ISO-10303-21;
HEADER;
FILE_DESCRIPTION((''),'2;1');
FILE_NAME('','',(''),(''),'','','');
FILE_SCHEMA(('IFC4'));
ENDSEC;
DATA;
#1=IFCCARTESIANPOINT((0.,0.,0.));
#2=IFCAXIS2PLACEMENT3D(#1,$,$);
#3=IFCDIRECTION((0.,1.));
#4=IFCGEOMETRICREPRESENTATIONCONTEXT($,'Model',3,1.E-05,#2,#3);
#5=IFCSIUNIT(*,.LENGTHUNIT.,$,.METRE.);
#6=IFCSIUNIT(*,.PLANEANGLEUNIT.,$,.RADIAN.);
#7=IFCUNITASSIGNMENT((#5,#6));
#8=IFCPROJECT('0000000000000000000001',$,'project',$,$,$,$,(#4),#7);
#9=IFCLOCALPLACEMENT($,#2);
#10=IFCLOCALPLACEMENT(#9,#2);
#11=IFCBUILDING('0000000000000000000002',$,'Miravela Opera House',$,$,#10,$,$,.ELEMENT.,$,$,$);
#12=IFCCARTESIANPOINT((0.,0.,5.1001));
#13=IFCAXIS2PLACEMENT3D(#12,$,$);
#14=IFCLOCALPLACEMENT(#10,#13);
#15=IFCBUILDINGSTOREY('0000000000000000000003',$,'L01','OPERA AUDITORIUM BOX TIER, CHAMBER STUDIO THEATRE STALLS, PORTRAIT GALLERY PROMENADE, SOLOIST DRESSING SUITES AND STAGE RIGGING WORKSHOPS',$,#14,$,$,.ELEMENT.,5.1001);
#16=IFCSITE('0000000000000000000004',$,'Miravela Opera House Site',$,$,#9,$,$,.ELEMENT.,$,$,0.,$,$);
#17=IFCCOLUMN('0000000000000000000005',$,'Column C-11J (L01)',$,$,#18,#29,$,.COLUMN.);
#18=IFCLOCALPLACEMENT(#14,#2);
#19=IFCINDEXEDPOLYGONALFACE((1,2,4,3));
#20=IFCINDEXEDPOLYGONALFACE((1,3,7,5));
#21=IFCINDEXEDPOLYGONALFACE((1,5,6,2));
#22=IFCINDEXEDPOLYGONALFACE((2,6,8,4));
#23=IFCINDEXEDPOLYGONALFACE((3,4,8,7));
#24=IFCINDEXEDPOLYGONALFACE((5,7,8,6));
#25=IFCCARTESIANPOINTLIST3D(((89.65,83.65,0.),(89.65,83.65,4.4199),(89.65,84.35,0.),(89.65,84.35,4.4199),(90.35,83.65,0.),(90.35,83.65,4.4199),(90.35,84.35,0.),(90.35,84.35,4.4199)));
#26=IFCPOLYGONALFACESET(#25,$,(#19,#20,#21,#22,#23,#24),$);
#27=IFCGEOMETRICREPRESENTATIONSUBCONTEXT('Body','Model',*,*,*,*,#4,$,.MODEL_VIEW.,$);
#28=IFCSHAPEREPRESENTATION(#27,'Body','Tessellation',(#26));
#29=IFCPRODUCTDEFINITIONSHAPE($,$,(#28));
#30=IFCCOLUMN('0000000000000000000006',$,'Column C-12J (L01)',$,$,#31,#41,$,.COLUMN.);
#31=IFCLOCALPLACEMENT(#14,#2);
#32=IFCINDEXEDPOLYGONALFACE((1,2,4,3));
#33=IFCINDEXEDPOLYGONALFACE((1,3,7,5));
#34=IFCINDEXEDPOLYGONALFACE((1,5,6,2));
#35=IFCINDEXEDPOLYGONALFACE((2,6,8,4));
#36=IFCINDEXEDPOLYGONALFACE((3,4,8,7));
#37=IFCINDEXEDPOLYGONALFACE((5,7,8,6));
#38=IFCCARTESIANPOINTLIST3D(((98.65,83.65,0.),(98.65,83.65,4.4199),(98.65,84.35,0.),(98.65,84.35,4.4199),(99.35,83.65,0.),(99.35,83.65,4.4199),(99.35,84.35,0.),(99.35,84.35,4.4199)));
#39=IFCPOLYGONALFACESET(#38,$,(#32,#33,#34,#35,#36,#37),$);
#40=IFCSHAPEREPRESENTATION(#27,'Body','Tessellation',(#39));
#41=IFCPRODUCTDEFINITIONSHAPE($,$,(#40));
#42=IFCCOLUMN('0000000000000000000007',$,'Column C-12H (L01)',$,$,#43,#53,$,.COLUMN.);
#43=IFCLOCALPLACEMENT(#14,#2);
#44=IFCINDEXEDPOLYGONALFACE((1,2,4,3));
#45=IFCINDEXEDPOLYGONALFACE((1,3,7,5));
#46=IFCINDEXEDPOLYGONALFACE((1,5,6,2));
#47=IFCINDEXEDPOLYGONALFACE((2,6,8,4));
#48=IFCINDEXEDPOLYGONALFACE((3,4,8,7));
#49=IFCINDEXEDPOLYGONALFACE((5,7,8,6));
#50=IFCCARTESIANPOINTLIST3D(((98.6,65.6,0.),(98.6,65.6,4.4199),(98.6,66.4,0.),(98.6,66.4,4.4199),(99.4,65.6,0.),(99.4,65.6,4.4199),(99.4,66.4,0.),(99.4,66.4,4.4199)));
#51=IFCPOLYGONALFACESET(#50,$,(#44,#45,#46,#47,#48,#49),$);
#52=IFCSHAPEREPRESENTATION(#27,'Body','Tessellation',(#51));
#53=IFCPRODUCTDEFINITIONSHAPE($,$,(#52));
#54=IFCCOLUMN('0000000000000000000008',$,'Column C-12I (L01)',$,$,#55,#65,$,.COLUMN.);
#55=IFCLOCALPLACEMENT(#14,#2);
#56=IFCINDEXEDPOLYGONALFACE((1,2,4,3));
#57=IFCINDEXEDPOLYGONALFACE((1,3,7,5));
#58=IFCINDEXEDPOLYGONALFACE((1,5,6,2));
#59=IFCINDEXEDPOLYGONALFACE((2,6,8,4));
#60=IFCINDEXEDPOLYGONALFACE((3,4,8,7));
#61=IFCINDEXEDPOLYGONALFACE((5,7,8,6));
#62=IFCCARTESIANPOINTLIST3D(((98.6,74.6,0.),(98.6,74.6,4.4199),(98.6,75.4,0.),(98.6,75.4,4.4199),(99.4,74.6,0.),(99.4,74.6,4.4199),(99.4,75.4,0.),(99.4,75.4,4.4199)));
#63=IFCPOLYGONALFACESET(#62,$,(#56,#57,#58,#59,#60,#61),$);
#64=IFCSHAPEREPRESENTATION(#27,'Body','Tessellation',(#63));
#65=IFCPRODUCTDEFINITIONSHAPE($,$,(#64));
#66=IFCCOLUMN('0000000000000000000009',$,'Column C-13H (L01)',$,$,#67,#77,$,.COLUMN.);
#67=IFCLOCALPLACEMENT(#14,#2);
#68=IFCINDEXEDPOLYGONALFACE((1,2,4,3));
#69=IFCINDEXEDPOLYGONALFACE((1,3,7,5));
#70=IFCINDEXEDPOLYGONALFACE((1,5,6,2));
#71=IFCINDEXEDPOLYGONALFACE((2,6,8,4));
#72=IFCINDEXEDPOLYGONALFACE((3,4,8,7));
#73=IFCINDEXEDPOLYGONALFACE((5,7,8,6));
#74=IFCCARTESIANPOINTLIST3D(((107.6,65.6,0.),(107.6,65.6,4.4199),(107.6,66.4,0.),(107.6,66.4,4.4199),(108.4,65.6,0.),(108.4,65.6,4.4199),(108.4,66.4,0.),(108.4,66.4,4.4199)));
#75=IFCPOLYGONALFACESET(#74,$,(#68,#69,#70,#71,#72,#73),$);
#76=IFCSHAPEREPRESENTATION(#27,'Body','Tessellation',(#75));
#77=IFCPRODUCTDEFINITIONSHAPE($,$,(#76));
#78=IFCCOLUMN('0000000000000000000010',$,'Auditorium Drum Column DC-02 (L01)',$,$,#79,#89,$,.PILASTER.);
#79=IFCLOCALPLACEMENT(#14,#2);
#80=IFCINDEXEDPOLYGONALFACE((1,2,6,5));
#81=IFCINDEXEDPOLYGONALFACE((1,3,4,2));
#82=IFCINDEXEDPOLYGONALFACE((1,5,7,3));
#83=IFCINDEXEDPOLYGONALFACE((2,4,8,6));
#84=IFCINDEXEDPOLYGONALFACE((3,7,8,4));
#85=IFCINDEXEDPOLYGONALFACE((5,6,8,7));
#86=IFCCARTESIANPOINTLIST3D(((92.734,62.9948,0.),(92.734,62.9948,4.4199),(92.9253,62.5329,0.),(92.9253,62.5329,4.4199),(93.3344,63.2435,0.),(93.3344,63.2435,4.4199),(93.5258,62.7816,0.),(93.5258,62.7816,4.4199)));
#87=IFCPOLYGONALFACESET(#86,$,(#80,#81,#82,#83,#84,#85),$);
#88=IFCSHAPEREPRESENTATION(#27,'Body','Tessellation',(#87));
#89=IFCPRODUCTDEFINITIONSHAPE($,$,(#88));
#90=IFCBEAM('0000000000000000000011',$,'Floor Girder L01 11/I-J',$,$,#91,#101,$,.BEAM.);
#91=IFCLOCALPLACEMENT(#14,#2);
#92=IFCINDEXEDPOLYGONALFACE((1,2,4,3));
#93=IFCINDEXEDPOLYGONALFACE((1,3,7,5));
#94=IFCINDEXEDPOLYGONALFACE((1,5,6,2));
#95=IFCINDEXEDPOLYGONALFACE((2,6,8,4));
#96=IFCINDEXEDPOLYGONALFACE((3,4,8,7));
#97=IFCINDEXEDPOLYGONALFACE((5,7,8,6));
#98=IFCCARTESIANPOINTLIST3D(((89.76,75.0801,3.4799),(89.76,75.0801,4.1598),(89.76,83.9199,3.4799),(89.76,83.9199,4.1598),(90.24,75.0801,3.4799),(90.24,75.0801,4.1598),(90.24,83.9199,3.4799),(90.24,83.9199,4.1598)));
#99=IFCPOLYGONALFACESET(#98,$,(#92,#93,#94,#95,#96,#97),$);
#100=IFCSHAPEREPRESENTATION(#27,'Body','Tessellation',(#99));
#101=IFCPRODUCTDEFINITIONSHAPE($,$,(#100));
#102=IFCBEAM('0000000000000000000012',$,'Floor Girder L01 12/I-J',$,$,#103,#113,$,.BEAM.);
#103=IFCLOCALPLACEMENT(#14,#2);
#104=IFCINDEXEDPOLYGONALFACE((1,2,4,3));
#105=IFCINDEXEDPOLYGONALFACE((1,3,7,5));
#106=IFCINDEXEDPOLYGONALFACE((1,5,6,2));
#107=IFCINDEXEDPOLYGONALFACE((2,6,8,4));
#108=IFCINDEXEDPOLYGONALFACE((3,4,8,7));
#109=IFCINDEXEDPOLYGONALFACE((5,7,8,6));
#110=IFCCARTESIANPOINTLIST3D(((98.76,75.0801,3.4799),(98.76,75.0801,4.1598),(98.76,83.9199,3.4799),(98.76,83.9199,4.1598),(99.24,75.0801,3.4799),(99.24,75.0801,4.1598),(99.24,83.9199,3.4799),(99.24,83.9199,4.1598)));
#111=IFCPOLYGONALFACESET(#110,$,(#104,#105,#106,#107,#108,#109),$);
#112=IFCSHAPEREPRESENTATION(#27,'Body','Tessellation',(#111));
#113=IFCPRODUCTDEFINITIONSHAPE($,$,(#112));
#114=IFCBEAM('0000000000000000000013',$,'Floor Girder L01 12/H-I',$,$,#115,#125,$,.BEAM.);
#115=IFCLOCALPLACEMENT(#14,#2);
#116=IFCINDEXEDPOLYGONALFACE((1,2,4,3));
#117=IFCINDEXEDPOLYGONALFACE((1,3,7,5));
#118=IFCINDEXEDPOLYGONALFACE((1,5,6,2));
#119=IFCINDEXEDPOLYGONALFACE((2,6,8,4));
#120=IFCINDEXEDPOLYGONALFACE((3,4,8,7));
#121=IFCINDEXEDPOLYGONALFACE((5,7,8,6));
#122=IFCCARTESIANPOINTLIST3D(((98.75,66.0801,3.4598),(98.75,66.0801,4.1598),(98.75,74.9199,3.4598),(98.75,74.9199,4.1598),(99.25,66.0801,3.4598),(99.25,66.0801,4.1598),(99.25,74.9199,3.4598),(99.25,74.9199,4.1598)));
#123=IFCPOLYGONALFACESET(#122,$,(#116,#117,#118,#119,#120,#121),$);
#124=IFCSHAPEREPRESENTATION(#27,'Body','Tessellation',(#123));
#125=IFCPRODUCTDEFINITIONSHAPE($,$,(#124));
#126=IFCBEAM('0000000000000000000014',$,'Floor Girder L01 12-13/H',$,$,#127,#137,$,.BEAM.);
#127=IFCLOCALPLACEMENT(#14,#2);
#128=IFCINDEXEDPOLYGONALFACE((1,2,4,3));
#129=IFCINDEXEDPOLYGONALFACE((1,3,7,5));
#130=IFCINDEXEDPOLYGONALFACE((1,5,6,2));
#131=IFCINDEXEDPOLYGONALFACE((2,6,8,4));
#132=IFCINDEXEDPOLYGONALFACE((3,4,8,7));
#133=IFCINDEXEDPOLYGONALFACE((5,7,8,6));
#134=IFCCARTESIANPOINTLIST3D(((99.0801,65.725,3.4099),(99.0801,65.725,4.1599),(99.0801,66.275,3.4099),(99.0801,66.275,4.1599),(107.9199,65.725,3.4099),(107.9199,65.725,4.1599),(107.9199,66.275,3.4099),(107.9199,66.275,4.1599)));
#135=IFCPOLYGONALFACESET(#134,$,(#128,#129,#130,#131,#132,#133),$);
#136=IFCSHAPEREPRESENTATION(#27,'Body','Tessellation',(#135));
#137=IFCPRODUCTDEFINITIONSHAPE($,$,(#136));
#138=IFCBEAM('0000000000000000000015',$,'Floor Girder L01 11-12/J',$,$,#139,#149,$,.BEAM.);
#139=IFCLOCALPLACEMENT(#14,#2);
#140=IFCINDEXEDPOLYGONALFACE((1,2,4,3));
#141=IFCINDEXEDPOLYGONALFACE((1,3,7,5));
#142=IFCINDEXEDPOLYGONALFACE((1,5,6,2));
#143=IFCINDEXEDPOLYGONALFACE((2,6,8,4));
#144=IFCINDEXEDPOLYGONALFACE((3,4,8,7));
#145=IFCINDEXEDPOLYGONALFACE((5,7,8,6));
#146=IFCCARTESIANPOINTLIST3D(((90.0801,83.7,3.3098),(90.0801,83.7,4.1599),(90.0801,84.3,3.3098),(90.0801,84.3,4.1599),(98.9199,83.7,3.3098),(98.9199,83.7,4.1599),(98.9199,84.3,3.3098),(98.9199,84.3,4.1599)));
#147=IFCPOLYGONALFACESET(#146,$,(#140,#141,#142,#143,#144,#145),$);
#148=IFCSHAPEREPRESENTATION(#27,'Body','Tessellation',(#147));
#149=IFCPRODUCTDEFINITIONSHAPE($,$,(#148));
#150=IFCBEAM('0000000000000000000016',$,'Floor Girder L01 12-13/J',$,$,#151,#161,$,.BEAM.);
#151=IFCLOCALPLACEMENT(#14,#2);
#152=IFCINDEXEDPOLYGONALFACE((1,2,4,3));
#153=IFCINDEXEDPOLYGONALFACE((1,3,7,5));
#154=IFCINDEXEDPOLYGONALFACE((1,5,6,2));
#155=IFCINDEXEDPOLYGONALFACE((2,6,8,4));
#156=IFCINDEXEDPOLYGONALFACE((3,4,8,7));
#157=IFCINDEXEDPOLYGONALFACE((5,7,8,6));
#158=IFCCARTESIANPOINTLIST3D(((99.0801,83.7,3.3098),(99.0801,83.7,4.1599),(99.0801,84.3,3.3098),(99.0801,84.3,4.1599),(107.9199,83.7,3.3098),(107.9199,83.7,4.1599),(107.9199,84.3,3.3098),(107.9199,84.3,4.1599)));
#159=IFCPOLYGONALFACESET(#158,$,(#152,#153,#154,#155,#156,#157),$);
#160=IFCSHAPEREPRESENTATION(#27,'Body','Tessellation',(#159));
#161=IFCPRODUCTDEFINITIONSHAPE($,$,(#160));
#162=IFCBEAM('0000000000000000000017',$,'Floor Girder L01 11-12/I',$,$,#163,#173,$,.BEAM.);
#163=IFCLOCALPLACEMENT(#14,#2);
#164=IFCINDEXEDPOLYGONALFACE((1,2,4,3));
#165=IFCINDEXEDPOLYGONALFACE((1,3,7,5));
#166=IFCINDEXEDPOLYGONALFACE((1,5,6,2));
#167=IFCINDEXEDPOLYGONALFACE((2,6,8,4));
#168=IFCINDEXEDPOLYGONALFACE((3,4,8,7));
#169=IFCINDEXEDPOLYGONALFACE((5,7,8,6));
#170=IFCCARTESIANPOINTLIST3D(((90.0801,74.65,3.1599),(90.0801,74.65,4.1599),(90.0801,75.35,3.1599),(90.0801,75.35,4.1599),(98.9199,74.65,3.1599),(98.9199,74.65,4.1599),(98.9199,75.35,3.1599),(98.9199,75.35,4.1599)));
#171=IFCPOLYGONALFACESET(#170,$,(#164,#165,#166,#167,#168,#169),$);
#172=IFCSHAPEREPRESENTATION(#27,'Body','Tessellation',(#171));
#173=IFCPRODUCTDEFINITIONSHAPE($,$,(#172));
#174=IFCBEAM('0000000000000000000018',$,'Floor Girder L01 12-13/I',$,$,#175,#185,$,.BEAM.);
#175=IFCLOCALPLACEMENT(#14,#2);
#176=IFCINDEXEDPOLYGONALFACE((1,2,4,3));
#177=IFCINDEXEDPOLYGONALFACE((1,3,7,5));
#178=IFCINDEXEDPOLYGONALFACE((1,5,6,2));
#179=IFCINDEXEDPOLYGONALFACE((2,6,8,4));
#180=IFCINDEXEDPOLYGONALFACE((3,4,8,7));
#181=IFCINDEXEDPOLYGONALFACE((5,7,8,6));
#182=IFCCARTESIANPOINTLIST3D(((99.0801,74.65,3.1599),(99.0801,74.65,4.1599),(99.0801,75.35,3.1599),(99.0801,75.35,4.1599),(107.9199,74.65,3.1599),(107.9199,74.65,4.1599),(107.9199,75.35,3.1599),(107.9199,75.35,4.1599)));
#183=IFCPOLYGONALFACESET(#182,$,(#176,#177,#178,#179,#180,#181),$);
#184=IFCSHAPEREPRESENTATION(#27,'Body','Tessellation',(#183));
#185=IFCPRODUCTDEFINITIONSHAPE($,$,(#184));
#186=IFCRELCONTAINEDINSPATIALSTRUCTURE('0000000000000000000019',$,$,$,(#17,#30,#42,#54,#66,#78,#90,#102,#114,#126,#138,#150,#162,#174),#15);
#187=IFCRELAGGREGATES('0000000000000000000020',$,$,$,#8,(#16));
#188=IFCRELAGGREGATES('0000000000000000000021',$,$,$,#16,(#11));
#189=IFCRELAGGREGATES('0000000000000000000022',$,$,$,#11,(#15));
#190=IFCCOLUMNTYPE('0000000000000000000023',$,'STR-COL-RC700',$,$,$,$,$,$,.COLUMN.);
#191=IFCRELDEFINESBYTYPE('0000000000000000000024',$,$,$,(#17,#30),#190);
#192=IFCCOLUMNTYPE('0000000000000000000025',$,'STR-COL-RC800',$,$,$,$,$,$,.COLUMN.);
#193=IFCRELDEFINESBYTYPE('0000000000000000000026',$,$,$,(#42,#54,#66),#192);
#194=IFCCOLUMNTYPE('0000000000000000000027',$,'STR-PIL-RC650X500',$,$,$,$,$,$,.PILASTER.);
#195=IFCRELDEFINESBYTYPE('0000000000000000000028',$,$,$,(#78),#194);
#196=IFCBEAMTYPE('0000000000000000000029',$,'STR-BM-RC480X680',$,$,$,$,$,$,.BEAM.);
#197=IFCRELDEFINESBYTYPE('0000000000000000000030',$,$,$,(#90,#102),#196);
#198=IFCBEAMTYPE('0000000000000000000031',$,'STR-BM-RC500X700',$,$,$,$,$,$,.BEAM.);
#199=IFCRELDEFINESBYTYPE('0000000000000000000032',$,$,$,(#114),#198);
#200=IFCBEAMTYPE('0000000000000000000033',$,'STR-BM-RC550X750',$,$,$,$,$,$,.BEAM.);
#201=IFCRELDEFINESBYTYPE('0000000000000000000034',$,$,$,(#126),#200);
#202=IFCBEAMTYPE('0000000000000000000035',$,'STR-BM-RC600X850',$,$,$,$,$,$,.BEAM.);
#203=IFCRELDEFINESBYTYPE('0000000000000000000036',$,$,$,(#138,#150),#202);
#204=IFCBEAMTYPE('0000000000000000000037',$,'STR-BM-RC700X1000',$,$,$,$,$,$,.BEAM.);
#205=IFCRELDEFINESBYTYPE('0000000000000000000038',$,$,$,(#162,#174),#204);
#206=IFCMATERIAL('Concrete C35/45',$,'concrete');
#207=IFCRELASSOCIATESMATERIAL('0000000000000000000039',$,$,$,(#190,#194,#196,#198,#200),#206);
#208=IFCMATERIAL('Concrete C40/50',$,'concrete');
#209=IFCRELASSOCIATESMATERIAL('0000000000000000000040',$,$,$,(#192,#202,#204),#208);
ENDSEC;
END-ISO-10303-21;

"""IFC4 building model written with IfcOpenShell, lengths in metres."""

from ifc_helpers import new_model, si_unit, direction, frame, origin, origin_2d, place, context, subcontext, project, spatial, rectangle, extrude, material, material_profile, profile_set, type_object, element, save


model = new_model("IFC4")

# Units and contexts
model_context = context("Model", 3, precision=1e-05, world=origin(), true_north=direction((0.0, 1.0)))
body_context = subcontext(model_context, "Body", "Model", "MODEL_VIEW")
ifc_project = project(units=[si_unit("LENGTHUNIT", "METRE"), si_unit("PLANEANGLEUNIT", "RADIAN")], contexts=[model_context])

# Site, building, storey
site_placement = place(None, origin())
site = spatial("IfcSite", under=ifc_project, at=site_placement, Name="Miravela Opera House Site", CompositionType="ELEMENT", RefElevation=0.0)
building_placement = place(site_placement, origin())
building = spatial("IfcBuilding", under=site, at=building_placement, Name="Miravela Opera House", CompositionType="ELEMENT")
storey_placement = place(building_placement, frame((0.0, 0.0, 5.1001)))
storey = spatial("IfcBuildingStorey", under=building, at=storey_placement, Name="L01", Description="OPERA AUDITORIUM BOX TIER, CHAMBER STUDIO THEATRE STALLS, PORTRAIT GALLERY PROMENADE, SOLOIST DRESSING SUITES AND STAGE RIGGING WORKSHOPS", CompositionType="ELEMENT", Elevation=5.1001)

# Columns
ifc_material_1 = material(Name="Concrete C35/45", Category="concrete")
ifc_material_profile_1 = material_profile(ifc_material_1, rectangle(XDim=0.7, YDim=0.7, at=origin_2d()), Name="RC-COL-700X700")
ifc_profile_set_1 = profile_set([ifc_material_profile_1])
column_type_1 = type_object("IfcColumnType", Name="STR-COL-RC700", PredefinedType="COLUMN", material=ifc_profile_set_1)
for number, where, z_axis, x_axis, name in (
    (1, (90.0, 84.0, 0.0), (0.0, 0.0, 1.0), (1.0, 0.0, 0.0), "Column C-11J (L01)"),
    (2, (99.0, 84.0, 0.0), (0.0, 0.0, 1.0), (1.0, 0.0, 0.0), "Column C-12J (L01)"),
):
    element("IfcColumn", number, at=place(storey_placement, frame(where, z_axis=z_axis, x_axis=x_axis)), inside=storey, type_object=column_type_1, Name=name, PredefinedType="COLUMN", context=body_context, shape_type="SweptSolid", body=[
        extrude(rectangle(XDim=0.7, YDim=0.7, at=origin_2d()), origin(), (0.0, 0.0, 1.0), 4.4199),
    ])
ifc_material_2 = material(Name="Concrete C40/50", Category="concrete")
ifc_material_profile_2 = material_profile(ifc_material_2, rectangle(XDim=0.8, YDim=0.8, at=origin_2d()), Name="RC-COL-800X800")
ifc_profile_set_2 = profile_set([ifc_material_profile_2])
column_type_2 = type_object("IfcColumnType", Name="STR-COL-RC800", PredefinedType="COLUMN", material=ifc_profile_set_2)
for number, where, z_axis, x_axis, name in (
    (3, (99.0, 66.0, 0.0), (0.0, 0.0, 1.0), (1.0, 0.0, 0.0), "Column C-12H (L01)"),
    (4, (99.0, 75.0, 0.0), (0.0, 0.0, 1.0), (1.0, 0.0, 0.0), "Column C-12I (L01)"),
    (5, (108.0, 66.0, 0.0), (0.0, 0.0, 1.0), (1.0, 0.0, 0.0), "Column C-13H (L01)"),
):
    element("IfcColumn", number, at=place(storey_placement, frame(where, z_axis=z_axis, x_axis=x_axis)), inside=storey, type_object=column_type_2, Name=name, PredefinedType="COLUMN", context=body_context, shape_type="SweptSolid", body=[
        extrude(rectangle(XDim=0.8, YDim=0.8, at=origin_2d()), origin(), (0.0, 0.0, 1.0), 4.4199),
    ])
ifc_material_profile_3 = material_profile(ifc_material_1, rectangle(XDim=0.6499, YDim=0.5, at=origin_2d()), Name="RC-PIL-650X500")
ifc_profile_set_3 = profile_set([ifc_material_profile_3])
column_type_3 = type_object("IfcColumnType", Name="STR-PIL-RC650X500", PredefinedType="PILASTER", material=ifc_profile_set_3)
column_placement = place(storey_placement, frame((93.1299, 62.8882, 0.0), z_axis=(0.0, 0.0, 1.0), x_axis=(0.92388, 0.382683, 0.0)))
element("IfcColumn", 6, at=column_placement, inside=storey, type_object=column_type_3, Name="Auditorium Drum Column DC-02 (L01)", PredefinedType="PILASTER", context=body_context, shape_type="SweptSolid", body=[
    extrude(rectangle(XDim=0.6499, YDim=0.5, at=origin_2d()), origin(), (0.0, 0.0, 1.0), 4.4199),
])

# Beams
ifc_material_profile_4 = material_profile(ifc_material_1, rectangle(XDim=0.48, YDim=0.6799, at=origin_2d()), Name="RC-BM-480X680")
ifc_profile_set_4 = profile_set([ifc_material_profile_4])
beam_type_1 = type_object("IfcBeamType", Name="STR-BM-RC480X680", PredefinedType="BEAM", material=ifc_profile_set_4)
for number, where, z_axis, x_axis, name in (
    (7, (90.0, 75.0801, 3.8198), (0.0, 1.0, 0.0), (-1.0, 0.0, 0.0), "Floor Girder L01 11/I-J"),
    (8, (99.0, 75.0801, 3.8198), (0.0, 1.0, 0.0), (-1.0, 0.0, 0.0), "Floor Girder L01 12/I-J"),
):
    element("IfcBeam", number, at=place(storey_placement, frame(where, z_axis=z_axis, x_axis=x_axis)), inside=storey, type_object=beam_type_1, Name=name, PredefinedType="BEAM", context=body_context, shape_type="SweptSolid", body=[
        extrude(rectangle(XDim=0.48, YDim=0.6799, at=origin_2d()), origin(), (0.0, 0.0, 1.0), 8.8398),
    ])
ifc_material_profile_5 = material_profile(ifc_material_1, rectangle(XDim=0.5, YDim=0.7, at=origin_2d()), Name="RC-BM-500X700")
ifc_profile_set_5 = profile_set([ifc_material_profile_5])
beam_type_2 = type_object("IfcBeamType", Name="STR-BM-RC500X700", PredefinedType="BEAM", material=ifc_profile_set_5)
beam_1_placement = place(storey_placement, frame((99.0, 66.0801, 3.8098), z_axis=(0.0, 1.0, 0.0), x_axis=(-1.0, 0.0, 0.0)))
element("IfcBeam", 9, at=beam_1_placement, inside=storey, type_object=beam_type_2, Name="Floor Girder L01 12/H-I", PredefinedType="BEAM", context=body_context, shape_type="SweptSolid", body=[
    extrude(rectangle(XDim=0.5, YDim=0.7, at=origin_2d()), origin(), (0.0, 0.0, 1.0), 8.8398),
])
ifc_material_profile_6 = material_profile(ifc_material_1, rectangle(XDim=0.55, YDim=0.75, at=origin_2d()), Name="RC-BM-550X750")
ifc_profile_set_6 = profile_set([ifc_material_profile_6])
beam_type_3 = type_object("IfcBeamType", Name="STR-BM-RC550X750", PredefinedType="BEAM", material=ifc_profile_set_6)
beam_2_placement = place(storey_placement, frame((99.0801, 66.0, 3.7849), z_axis=(1.0, 0.0, 0.0), x_axis=(0.0, 1.0, 0.0)))
element("IfcBeam", 10, at=beam_2_placement, inside=storey, type_object=beam_type_3, Name="Floor Girder L01 12-13/H", PredefinedType="BEAM", context=body_context, shape_type="SweptSolid", body=[
    extrude(rectangle(XDim=0.55, YDim=0.75, at=origin_2d()), origin(), (0.0, 0.0, 1.0), 8.8398),
])
ifc_material_profile_7 = material_profile(ifc_material_2, rectangle(XDim=0.6001, YDim=0.8501, at=origin_2d()), Name="RC-BM-600X850")
ifc_profile_set_7 = profile_set([ifc_material_profile_7])
beam_type_4 = type_object("IfcBeamType", Name="STR-BM-RC600X850", PredefinedType="BEAM", material=ifc_profile_set_7)
for number, where, z_axis, x_axis, name in (
    (11, (90.0801, 84.0, 3.7349), (1.0, 0.0, 0.0), (0.0, 1.0, 0.0), "Floor Girder L01 11-12/J"),
    (12, (99.0801, 84.0, 3.7349), (1.0, 0.0, 0.0), (0.0, 1.0, 0.0), "Floor Girder L01 12-13/J"),
):
    element("IfcBeam", number, at=place(storey_placement, frame(where, z_axis=z_axis, x_axis=x_axis)), inside=storey, type_object=beam_type_4, Name=name, PredefinedType="BEAM", context=body_context, shape_type="SweptSolid", body=[
        extrude(rectangle(XDim=0.6001, YDim=0.8501, at=origin_2d()), origin(), (0.0, 0.0, 1.0), 8.8398),
    ])
ifc_material_profile_8 = material_profile(ifc_material_2, rectangle(XDim=0.7, YDim=1.0, at=origin_2d()), Name="RC-BM-700X1000")
ifc_profile_set_8 = profile_set([ifc_material_profile_8])
beam_type_5 = type_object("IfcBeamType", Name="STR-BM-RC700X1000", PredefinedType="BEAM", material=ifc_profile_set_8)
for number, where, z_axis, x_axis, name in (
    (13, (90.0801, 75.0, 3.6599), (1.0, 0.0, 0.0), (0.0, 1.0, 0.0), "Floor Girder L01 11-12/I"),
    (14, (99.0801, 75.0, 3.6599), (1.0, 0.0, 0.0), (0.0, 1.0, 0.0), "Floor Girder L01 12-13/I"),
):
    element("IfcBeam", number, at=place(storey_placement, frame(where, z_axis=z_axis, x_axis=x_axis)), inside=storey, type_object=beam_type_5, Name=name, PredefinedType="BEAM", context=body_context, shape_type="SweptSolid", body=[
        extrude(rectangle(XDim=0.7, YDim=1.0, at=origin_2d()), origin(), (0.0, 0.0, 1.0), 8.8398),
    ])

save(model, "model.ifc")
